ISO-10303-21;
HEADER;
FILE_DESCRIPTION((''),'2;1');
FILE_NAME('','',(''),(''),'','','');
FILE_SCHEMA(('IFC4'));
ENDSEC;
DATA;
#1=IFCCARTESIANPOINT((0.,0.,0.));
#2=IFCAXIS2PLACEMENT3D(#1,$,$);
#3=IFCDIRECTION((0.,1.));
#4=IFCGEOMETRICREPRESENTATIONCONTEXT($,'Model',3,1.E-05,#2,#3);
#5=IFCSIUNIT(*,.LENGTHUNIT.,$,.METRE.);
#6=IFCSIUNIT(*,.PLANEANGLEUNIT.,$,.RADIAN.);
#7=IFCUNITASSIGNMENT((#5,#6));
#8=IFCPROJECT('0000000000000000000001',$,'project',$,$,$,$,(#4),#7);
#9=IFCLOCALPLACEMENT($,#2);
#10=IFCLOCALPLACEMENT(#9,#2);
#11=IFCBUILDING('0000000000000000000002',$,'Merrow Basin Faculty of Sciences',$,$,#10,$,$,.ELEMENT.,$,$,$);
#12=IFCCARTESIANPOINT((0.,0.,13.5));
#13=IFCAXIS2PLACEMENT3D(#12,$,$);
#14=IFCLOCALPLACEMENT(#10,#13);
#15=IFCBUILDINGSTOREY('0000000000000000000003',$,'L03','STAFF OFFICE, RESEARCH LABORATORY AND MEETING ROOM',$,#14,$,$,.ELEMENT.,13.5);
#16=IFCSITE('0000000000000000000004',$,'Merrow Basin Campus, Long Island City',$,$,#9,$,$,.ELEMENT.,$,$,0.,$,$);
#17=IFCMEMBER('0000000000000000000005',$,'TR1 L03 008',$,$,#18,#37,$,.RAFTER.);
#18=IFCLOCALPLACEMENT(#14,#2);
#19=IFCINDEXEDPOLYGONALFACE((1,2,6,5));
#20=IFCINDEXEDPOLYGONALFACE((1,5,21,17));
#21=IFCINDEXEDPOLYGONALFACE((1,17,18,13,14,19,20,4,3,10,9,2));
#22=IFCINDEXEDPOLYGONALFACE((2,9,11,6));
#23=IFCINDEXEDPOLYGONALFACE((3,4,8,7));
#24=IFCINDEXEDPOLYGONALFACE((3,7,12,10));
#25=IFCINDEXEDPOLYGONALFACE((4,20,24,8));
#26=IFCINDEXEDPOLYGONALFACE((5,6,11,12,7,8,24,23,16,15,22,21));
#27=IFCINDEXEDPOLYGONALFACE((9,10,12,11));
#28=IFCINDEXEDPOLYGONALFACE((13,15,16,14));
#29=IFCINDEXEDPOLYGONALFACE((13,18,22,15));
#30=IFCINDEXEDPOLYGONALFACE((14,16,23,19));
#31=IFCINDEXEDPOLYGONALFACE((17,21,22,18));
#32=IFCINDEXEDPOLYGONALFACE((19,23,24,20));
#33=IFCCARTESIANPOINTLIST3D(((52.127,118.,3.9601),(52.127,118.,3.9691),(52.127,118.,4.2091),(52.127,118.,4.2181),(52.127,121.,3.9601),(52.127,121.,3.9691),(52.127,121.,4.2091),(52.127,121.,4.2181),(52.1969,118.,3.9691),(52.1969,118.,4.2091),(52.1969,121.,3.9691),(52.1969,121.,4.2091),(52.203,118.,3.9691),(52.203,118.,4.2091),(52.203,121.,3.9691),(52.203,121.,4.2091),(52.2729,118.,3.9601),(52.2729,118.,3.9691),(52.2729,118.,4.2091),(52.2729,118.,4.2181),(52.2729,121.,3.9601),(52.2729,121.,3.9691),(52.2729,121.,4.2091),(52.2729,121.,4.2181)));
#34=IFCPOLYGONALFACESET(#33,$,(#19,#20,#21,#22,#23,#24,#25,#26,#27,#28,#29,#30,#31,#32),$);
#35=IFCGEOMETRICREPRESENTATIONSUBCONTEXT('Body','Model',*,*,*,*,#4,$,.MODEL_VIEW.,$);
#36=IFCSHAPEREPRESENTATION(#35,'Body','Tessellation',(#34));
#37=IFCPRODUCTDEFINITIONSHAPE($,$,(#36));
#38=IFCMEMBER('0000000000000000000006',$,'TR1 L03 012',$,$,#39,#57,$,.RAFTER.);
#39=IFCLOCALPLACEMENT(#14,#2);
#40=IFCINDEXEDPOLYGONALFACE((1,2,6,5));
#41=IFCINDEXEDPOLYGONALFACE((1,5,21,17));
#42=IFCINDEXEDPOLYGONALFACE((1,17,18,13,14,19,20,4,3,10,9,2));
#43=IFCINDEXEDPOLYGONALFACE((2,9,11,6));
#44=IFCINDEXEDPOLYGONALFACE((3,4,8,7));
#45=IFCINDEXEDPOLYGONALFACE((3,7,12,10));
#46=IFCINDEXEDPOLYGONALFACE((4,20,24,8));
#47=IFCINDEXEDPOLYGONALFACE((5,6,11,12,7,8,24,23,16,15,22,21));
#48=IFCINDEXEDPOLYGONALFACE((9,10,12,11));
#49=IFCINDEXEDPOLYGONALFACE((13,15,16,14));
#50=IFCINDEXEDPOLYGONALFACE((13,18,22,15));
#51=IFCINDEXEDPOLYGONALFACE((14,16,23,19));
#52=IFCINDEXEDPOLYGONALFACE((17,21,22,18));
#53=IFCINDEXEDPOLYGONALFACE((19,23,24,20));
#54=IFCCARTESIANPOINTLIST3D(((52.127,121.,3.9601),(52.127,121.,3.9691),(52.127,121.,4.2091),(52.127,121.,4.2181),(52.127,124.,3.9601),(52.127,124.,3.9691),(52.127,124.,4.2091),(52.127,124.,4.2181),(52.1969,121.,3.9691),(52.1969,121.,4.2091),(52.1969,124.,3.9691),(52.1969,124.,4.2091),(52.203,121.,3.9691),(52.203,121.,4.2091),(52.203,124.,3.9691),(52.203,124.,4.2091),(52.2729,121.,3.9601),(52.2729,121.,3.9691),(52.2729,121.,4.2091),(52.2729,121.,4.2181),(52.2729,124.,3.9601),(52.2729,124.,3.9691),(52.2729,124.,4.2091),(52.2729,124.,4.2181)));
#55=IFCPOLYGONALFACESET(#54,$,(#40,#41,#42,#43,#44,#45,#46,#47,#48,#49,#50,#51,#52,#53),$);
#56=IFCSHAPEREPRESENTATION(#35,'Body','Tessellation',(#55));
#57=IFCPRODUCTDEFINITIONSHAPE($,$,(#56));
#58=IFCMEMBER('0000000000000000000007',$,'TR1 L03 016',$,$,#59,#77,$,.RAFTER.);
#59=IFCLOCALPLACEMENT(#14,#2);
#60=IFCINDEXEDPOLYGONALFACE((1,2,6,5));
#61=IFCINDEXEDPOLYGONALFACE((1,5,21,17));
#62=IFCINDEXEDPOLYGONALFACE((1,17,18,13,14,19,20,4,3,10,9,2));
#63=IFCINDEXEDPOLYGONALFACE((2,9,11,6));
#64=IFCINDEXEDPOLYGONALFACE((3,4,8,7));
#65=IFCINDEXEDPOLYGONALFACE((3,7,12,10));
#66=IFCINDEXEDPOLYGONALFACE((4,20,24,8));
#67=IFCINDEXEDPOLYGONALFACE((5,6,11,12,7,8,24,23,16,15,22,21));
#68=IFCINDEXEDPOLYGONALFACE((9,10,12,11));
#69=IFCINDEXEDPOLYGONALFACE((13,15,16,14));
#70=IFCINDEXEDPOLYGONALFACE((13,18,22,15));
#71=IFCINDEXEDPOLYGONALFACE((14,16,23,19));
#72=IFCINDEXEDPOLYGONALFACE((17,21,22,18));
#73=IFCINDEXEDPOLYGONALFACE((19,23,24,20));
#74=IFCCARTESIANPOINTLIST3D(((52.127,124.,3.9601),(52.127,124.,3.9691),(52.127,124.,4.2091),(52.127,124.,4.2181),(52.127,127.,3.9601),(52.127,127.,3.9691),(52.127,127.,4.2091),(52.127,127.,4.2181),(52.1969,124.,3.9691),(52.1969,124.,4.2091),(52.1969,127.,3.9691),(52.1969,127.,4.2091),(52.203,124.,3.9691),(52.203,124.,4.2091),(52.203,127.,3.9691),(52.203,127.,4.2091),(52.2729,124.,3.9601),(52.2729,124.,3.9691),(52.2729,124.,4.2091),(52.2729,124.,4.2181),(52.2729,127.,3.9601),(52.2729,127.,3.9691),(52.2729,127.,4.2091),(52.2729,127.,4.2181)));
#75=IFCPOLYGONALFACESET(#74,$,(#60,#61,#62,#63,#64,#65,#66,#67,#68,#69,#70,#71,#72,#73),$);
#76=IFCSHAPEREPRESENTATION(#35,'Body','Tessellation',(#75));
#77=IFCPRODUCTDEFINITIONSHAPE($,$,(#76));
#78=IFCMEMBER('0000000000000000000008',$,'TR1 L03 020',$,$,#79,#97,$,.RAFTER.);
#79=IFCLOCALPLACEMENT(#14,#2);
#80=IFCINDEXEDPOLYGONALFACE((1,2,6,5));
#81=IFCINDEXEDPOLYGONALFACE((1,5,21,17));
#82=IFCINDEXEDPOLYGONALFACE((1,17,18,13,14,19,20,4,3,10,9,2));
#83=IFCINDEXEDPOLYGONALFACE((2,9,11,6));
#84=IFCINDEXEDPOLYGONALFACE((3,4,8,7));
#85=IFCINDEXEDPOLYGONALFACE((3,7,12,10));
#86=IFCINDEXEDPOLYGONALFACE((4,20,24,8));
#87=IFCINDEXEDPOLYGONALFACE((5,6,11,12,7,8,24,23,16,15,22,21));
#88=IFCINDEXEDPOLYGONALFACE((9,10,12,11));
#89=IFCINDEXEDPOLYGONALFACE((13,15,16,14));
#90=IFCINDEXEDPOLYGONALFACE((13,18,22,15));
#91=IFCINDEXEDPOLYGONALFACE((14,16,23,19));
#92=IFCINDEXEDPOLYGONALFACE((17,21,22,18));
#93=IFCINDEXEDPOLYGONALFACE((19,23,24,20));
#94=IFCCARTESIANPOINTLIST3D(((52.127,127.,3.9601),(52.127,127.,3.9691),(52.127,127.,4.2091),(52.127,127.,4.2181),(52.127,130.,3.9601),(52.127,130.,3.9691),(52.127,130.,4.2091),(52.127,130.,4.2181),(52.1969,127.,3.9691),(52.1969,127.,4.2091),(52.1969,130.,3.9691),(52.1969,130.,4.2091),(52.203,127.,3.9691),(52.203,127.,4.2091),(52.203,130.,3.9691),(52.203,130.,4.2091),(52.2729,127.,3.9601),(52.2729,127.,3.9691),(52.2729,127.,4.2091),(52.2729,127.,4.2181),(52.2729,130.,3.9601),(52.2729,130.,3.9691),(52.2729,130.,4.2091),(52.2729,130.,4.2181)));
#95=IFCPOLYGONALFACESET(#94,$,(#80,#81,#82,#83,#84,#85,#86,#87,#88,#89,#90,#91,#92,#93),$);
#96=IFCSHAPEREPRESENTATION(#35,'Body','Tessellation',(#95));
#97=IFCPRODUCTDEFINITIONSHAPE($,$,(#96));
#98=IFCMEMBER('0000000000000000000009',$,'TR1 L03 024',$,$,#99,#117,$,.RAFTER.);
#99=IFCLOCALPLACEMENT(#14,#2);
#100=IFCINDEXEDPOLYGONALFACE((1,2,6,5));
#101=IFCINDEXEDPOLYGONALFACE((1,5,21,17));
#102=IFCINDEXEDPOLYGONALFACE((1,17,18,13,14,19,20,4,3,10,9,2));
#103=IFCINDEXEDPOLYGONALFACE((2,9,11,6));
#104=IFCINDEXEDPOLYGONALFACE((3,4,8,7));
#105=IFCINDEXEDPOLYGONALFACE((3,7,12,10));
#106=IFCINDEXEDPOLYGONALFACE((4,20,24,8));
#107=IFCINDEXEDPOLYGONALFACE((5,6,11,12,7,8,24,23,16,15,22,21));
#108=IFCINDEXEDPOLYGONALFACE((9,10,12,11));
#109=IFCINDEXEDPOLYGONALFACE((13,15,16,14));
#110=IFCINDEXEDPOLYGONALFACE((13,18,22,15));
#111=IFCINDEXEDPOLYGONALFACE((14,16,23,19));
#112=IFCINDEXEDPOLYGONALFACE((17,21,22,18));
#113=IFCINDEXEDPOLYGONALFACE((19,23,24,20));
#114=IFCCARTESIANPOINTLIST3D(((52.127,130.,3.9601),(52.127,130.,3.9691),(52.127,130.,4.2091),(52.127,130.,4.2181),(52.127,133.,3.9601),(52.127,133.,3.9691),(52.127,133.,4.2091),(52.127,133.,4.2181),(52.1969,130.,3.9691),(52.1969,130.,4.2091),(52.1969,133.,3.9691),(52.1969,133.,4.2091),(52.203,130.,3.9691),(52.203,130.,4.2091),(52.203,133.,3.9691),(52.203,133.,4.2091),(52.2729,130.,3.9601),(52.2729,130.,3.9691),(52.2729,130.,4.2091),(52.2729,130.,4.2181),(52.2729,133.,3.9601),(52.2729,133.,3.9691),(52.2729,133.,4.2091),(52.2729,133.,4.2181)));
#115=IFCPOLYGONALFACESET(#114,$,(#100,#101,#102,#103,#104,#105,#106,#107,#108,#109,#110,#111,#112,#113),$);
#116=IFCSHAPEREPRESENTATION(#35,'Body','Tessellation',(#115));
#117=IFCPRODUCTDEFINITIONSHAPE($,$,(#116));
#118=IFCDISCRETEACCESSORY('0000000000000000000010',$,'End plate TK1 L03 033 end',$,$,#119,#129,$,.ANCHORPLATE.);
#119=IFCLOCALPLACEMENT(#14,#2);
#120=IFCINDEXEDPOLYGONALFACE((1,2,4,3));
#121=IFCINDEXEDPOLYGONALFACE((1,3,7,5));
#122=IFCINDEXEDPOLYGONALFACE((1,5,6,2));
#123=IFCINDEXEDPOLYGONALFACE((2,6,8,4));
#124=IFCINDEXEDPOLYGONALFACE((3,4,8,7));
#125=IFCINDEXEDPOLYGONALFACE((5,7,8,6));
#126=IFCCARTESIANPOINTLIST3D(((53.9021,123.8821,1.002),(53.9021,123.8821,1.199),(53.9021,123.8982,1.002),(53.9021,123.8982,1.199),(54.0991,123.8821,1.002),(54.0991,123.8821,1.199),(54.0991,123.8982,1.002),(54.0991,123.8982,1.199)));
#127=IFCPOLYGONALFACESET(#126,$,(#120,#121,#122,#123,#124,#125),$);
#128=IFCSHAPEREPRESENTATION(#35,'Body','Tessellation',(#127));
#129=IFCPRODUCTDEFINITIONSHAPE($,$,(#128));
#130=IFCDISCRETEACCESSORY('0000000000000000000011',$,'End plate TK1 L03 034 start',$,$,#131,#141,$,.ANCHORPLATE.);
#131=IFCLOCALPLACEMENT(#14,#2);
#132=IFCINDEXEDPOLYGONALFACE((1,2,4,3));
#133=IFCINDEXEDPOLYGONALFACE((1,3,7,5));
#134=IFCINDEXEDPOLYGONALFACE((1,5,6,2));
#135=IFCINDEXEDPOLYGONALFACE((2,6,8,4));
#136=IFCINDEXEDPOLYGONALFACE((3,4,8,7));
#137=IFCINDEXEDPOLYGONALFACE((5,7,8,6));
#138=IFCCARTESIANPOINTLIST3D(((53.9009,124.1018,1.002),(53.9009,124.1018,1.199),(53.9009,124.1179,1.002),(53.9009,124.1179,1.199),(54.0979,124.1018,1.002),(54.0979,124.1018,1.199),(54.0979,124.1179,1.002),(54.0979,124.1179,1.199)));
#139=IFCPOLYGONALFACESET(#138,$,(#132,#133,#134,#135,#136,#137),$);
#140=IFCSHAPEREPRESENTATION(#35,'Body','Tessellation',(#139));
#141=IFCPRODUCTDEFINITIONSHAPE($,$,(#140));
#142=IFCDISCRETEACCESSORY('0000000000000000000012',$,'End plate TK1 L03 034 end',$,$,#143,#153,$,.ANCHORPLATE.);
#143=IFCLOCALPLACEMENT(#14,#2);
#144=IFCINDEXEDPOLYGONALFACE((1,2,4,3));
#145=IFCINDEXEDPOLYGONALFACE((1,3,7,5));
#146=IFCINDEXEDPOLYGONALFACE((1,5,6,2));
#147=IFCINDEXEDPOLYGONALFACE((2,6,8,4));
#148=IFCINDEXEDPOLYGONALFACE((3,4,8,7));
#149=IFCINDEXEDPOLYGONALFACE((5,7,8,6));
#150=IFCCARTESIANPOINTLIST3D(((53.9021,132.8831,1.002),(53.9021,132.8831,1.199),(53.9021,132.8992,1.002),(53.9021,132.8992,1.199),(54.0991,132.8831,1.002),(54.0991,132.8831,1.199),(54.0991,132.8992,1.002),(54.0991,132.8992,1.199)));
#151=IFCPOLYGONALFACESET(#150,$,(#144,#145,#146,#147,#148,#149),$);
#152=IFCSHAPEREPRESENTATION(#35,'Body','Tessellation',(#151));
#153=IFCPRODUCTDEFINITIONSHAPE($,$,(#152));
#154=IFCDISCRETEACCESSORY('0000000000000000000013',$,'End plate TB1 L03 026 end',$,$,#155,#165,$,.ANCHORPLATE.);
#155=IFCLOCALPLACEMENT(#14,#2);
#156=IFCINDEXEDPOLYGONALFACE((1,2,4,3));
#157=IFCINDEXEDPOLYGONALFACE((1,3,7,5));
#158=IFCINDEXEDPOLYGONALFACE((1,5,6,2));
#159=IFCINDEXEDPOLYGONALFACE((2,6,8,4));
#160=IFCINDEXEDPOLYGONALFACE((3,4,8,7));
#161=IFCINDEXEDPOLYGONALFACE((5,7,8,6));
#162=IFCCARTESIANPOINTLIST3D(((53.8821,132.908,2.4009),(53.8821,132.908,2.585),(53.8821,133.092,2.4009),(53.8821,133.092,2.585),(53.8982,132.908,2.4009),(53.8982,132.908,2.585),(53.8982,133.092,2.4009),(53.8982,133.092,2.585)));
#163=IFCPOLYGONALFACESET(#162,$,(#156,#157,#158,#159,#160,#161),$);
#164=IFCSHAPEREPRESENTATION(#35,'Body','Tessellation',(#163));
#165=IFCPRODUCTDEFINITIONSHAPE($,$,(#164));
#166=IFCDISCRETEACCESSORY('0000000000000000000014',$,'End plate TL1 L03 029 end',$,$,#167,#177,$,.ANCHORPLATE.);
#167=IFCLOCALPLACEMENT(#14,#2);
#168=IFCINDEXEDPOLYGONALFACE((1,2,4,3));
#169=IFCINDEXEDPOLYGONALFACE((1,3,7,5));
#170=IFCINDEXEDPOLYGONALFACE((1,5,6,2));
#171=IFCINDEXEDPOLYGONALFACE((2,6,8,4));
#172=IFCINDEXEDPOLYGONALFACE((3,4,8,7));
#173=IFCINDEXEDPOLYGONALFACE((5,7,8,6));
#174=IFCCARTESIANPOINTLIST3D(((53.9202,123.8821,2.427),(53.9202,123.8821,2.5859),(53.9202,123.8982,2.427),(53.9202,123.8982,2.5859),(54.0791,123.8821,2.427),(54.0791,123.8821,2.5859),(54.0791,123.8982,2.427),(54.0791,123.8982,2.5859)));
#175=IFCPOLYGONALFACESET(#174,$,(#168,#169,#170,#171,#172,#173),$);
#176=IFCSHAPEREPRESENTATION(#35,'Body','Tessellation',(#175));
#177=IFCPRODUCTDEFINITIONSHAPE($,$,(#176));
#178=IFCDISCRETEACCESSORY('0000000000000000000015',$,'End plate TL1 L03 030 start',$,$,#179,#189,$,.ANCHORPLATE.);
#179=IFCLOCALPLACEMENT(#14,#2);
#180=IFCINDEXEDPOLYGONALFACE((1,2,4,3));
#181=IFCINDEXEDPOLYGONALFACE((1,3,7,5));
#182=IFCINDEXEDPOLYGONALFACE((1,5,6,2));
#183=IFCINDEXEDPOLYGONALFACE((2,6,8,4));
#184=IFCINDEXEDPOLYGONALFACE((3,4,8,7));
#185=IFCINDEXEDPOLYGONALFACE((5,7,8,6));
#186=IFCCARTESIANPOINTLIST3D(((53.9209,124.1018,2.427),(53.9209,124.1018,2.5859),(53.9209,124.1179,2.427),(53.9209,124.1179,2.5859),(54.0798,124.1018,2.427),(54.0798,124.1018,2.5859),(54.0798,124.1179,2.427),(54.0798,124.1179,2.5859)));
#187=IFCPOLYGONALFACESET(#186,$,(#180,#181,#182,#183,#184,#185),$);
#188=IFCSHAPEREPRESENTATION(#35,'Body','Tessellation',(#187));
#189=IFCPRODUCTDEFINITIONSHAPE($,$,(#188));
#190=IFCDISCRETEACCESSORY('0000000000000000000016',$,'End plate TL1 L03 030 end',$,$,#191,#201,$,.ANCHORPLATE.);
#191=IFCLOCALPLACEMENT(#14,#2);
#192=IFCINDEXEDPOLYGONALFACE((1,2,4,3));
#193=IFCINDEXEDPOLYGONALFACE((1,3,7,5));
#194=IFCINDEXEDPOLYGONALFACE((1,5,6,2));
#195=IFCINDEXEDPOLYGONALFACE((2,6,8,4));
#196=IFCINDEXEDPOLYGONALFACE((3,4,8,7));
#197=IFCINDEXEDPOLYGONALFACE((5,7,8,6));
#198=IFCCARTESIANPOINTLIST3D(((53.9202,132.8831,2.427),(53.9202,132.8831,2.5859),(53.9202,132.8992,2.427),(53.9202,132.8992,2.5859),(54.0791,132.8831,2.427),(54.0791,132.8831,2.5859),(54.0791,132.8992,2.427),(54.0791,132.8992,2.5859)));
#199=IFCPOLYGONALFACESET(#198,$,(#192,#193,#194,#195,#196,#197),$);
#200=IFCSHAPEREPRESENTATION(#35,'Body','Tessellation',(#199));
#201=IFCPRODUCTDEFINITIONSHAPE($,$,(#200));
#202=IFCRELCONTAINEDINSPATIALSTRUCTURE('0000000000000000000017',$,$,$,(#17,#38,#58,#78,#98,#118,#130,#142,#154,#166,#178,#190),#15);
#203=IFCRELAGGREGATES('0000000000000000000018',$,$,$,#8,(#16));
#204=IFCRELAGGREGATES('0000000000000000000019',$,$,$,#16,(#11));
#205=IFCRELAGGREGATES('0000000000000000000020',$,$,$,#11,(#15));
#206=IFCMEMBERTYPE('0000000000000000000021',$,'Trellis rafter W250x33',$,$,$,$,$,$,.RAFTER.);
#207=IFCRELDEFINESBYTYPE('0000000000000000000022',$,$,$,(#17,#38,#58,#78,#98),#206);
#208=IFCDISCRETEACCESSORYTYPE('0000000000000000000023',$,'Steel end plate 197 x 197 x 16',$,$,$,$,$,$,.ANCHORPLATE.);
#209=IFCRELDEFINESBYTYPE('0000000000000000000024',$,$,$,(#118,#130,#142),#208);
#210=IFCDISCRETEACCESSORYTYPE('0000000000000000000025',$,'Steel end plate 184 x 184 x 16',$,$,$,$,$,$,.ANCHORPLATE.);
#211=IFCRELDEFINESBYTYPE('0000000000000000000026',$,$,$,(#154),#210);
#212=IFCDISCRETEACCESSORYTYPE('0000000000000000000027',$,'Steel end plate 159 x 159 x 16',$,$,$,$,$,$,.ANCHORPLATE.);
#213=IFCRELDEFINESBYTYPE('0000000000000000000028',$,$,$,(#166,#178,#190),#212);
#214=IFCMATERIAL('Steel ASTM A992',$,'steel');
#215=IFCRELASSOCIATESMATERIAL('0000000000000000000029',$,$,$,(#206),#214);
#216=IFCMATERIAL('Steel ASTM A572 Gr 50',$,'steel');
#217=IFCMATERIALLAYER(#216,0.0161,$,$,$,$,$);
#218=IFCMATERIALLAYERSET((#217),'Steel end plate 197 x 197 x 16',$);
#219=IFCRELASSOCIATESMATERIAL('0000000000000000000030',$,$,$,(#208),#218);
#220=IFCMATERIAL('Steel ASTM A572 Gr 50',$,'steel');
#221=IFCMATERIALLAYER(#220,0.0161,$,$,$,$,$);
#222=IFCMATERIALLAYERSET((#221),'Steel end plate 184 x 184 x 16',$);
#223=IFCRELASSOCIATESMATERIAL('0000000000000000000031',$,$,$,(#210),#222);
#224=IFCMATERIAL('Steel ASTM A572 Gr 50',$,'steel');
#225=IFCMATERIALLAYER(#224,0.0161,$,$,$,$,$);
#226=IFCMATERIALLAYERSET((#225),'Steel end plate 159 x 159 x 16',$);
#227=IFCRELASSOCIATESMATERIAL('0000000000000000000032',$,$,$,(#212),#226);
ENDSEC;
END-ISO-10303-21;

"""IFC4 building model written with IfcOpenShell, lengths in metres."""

from ifc_helpers import new_model, si_unit, direction, frame, origin, origin_2d, place, context, subcontext, project, spatial, polyline, i_section, outline, extrude, source, transform, mapped, material, layer, layer_set, material_profile, profile_set, type_object, element, save


model = new_model("IFC4")

# Units and contexts
model_context = context("Model", 3, precision=1e-05, world=origin(), true_north=direction((0.0, 1.0)))
body_context = subcontext(model_context, "Body", "Model", "MODEL_VIEW")
ifc_project = project(units=[si_unit("LENGTHUNIT", "METRE"), si_unit("PLANEANGLEUNIT", "RADIAN")], contexts=[model_context])

# Site, building, storey
site_placement = place(None, origin())
site = spatial("IfcSite", under=ifc_project, at=site_placement, Name="Merrow Basin Campus, Long Island City", CompositionType="ELEMENT", RefElevation=0.0)
building_placement = place(site_placement, origin())
building = spatial("IfcBuilding", under=site, at=building_placement, Name="Merrow Basin Faculty of Sciences", CompositionType="ELEMENT")
storey_placement = place(building_placement, frame((0.0, 0.0, 13.5)))
storey = spatial("IfcBuildingStorey", under=building, at=storey_placement, Name="L03", Description="STAFF OFFICE, RESEARCH LABORATORY AND MEETING ROOM", CompositionType="ELEMENT", Elevation=13.5)

# Members
ifc_material_1 = material(Name="Steel ASTM A992", Category="steel")
ifc_material_profile_1 = material_profile(ifc_material_1, i_section(OverallWidth=0.146, OverallDepth=0.2581, WebThickness=0.0061, FlangeThickness=0.009, at=origin_2d()))
ifc_profile_set_1 = profile_set([ifc_material_profile_1], Name="Steel ASTM A992")
member_type_1 = type_object("IfcMemberType", Name="Trellis rafter W250x33", PredefinedType="RAFTER", material=ifc_profile_set_1)
for number, where, z_axis, x_axis, name in (
    (1, (52.2, 118.0, 4.0891), (0.0, 1.0, 0.0), (-1.0, 0.0, 0.0), "TR1 L03 008"),
    (2, (52.2, 121.0, 4.0891), (0.0, 1.0, 0.0), (-1.0, 0.0, 0.0), "TR1 L03 012"),
    (3, (52.2, 124.0, 4.0891), (0.0, 1.0, 0.0), (-1.0, 0.0, 0.0), "TR1 L03 016"),
    (4, (52.2, 127.0, 4.0891), (0.0, 1.0, 0.0), (-1.0, 0.0, 0.0), "TR1 L03 020"),
    (5, (52.2, 130.0, 4.0891), (0.0, 1.0, 0.0), (-1.0, 0.0, 0.0), "TR1 L03 024"),
):
    element("IfcMember", number, at=place(storey_placement, frame(where, z_axis=z_axis, x_axis=x_axis)), inside=storey, type_object=member_type_1, Name=name, PredefinedType="RAFTER", context=body_context, shape_type="SweptSolid", body=[
        extrude(i_section(OverallWidth=0.146, OverallDepth=0.2581, WebThickness=0.0061, FlangeThickness=0.009, at=origin_2d()), origin(), (0.0, 0.0, 1.0), 3.0),
    ])

# Discrete accessories
ifc_material_2 = material(Name="Steel ASTM A572 Gr 50", Category="steel")
ifc_layer_1 = layer(ifc_material_2, 0.0161)
ifc_layer_set_1 = layer_set([ifc_layer_1], Name="Steel end plate 197 x 197 x 16")
discrete_accessory_type_1 = type_object("IfcDiscreteAccessoryType", Name="Steel end plate 197 x 197 x 16", PredefinedType="ANCHORPLATE", material=ifc_layer_set_1)
shared_shape_1 = source(origin(), body_context, "Body", "SweptSolid", [
    extrude(outline(polyline([(0.0, 0.0), (0.197, 0.0), (0.197, 0.197), (0.0, 0.197), (0.0, 0.0)])), origin(), (0.0, 0.0, 1.0), 0.0161),
])
for number, where, z_axis, x_axis, name in (
    (6, (54.0991, 123.8821, 1.002), (0.0, 1.0, 0.0), (-1.0, 0.0, 0.0), "End plate TK1 L03 033 end"),
    (7, (53.9009, 124.1179, 1.002), (0.0, -1.0, 0.0), (1.0, 0.0, 0.0), "End plate TK1 L03 034 start"),
    (8, (54.0991, 132.8831, 1.002), (0.0, 1.0, 0.0), (-1.0, 0.0, 0.0), "End plate TK1 L03 034 end"),
):
    element("IfcDiscreteAccessory", number, at=place(storey_placement, frame(where, z_axis=z_axis, x_axis=x_axis)), inside=storey, type_object=discrete_accessory_type_1, Name=name, PredefinedType="ANCHORPLATE", context=body_context, shape_type="MappedRepresentation", body=[
        mapped(shared_shape_1, transform((0.0, 0.0, 0.0), scale=1.0)),
    ])
ifc_material_3 = material(Name="Steel ASTM A572 Gr 50", Category="steel")
ifc_layer_2 = layer(ifc_material_3, 0.0161)
ifc_layer_set_2 = layer_set([ifc_layer_2], Name="Steel end plate 184 x 184 x 16")
discrete_accessory_type_2 = type_object("IfcDiscreteAccessoryType", Name="Steel end plate 184 x 184 x 16", PredefinedType="ANCHORPLATE", material=ifc_layer_set_2)
shared_shape_2 = source(origin(), body_context, "Body", "SweptSolid", [
    extrude(outline(polyline([(0.0, 0.0), (0.1841, 0.0), (0.1841, 0.1841), (0.0, 0.1841), (0.0, 0.0)])), origin(), (0.0, 0.0, 1.0), 0.0161),
])
discrete_accessory_placement = place(storey_placement, frame((53.8821, 132.908, 2.4009), z_axis=(1.0, 0.0, 0.0), x_axis=(0.0, 1.0, 0.0)))
element("IfcDiscreteAccessory", 9, at=discrete_accessory_placement, inside=storey, type_object=discrete_accessory_type_2, Name="End plate TB1 L03 026 end", PredefinedType="ANCHORPLATE", context=body_context, shape_type="MappedRepresentation", body=[
    mapped(shared_shape_2, transform((0.0, 0.0, 0.0), scale=1.0)),
])
ifc_material_4 = material(Name="Steel ASTM A572 Gr 50", Category="steel")
ifc_layer_3 = layer(ifc_material_4, 0.0161)
ifc_layer_set_3 = layer_set([ifc_layer_3], Name="Steel end plate 159 x 159 x 16")
discrete_accessory_type_3 = type_object("IfcDiscreteAccessoryType", Name="Steel end plate 159 x 159 x 16", PredefinedType="ANCHORPLATE", material=ifc_layer_set_3)
shared_shape_3 = source(origin(), body_context, "Body", "SweptSolid", [
    extrude(outline(polyline([(0.0, 0.0), (0.1589, 0.0), (0.1589, 0.1589), (0.0, 0.1589), (0.0, 0.0)])), origin(), (0.0, 0.0, 1.0), 0.0161),
])
for number, where, z_axis, x_axis, name in (
    (10, (54.0791, 123.8821, 2.427), (0.0, 1.0, 0.0), (-1.0, 0.0, 0.0), "End plate TL1 L03 029 end"),
    (11, (53.9209, 124.1179, 2.427), (0.0, -1.0, 0.0), (1.0, 0.0, 0.0), "End plate TL1 L03 030 start"),
    (12, (54.0791, 132.8831, 2.427), (0.0, 1.0, 0.0), (-1.0, 0.0, 0.0), "End plate TL1 L03 030 end"),
):
    element("IfcDiscreteAccessory", number, at=place(storey_placement, frame(where, z_axis=z_axis, x_axis=x_axis)), inside=storey, type_object=discrete_accessory_type_3, Name=name, PredefinedType="ANCHORPLATE", context=body_context, shape_type="MappedRepresentation", body=[
        mapped(shared_shape_3, transform((0.0, 0.0, 0.0), scale=1.0)),
    ])

save(model, "model.ifc")
